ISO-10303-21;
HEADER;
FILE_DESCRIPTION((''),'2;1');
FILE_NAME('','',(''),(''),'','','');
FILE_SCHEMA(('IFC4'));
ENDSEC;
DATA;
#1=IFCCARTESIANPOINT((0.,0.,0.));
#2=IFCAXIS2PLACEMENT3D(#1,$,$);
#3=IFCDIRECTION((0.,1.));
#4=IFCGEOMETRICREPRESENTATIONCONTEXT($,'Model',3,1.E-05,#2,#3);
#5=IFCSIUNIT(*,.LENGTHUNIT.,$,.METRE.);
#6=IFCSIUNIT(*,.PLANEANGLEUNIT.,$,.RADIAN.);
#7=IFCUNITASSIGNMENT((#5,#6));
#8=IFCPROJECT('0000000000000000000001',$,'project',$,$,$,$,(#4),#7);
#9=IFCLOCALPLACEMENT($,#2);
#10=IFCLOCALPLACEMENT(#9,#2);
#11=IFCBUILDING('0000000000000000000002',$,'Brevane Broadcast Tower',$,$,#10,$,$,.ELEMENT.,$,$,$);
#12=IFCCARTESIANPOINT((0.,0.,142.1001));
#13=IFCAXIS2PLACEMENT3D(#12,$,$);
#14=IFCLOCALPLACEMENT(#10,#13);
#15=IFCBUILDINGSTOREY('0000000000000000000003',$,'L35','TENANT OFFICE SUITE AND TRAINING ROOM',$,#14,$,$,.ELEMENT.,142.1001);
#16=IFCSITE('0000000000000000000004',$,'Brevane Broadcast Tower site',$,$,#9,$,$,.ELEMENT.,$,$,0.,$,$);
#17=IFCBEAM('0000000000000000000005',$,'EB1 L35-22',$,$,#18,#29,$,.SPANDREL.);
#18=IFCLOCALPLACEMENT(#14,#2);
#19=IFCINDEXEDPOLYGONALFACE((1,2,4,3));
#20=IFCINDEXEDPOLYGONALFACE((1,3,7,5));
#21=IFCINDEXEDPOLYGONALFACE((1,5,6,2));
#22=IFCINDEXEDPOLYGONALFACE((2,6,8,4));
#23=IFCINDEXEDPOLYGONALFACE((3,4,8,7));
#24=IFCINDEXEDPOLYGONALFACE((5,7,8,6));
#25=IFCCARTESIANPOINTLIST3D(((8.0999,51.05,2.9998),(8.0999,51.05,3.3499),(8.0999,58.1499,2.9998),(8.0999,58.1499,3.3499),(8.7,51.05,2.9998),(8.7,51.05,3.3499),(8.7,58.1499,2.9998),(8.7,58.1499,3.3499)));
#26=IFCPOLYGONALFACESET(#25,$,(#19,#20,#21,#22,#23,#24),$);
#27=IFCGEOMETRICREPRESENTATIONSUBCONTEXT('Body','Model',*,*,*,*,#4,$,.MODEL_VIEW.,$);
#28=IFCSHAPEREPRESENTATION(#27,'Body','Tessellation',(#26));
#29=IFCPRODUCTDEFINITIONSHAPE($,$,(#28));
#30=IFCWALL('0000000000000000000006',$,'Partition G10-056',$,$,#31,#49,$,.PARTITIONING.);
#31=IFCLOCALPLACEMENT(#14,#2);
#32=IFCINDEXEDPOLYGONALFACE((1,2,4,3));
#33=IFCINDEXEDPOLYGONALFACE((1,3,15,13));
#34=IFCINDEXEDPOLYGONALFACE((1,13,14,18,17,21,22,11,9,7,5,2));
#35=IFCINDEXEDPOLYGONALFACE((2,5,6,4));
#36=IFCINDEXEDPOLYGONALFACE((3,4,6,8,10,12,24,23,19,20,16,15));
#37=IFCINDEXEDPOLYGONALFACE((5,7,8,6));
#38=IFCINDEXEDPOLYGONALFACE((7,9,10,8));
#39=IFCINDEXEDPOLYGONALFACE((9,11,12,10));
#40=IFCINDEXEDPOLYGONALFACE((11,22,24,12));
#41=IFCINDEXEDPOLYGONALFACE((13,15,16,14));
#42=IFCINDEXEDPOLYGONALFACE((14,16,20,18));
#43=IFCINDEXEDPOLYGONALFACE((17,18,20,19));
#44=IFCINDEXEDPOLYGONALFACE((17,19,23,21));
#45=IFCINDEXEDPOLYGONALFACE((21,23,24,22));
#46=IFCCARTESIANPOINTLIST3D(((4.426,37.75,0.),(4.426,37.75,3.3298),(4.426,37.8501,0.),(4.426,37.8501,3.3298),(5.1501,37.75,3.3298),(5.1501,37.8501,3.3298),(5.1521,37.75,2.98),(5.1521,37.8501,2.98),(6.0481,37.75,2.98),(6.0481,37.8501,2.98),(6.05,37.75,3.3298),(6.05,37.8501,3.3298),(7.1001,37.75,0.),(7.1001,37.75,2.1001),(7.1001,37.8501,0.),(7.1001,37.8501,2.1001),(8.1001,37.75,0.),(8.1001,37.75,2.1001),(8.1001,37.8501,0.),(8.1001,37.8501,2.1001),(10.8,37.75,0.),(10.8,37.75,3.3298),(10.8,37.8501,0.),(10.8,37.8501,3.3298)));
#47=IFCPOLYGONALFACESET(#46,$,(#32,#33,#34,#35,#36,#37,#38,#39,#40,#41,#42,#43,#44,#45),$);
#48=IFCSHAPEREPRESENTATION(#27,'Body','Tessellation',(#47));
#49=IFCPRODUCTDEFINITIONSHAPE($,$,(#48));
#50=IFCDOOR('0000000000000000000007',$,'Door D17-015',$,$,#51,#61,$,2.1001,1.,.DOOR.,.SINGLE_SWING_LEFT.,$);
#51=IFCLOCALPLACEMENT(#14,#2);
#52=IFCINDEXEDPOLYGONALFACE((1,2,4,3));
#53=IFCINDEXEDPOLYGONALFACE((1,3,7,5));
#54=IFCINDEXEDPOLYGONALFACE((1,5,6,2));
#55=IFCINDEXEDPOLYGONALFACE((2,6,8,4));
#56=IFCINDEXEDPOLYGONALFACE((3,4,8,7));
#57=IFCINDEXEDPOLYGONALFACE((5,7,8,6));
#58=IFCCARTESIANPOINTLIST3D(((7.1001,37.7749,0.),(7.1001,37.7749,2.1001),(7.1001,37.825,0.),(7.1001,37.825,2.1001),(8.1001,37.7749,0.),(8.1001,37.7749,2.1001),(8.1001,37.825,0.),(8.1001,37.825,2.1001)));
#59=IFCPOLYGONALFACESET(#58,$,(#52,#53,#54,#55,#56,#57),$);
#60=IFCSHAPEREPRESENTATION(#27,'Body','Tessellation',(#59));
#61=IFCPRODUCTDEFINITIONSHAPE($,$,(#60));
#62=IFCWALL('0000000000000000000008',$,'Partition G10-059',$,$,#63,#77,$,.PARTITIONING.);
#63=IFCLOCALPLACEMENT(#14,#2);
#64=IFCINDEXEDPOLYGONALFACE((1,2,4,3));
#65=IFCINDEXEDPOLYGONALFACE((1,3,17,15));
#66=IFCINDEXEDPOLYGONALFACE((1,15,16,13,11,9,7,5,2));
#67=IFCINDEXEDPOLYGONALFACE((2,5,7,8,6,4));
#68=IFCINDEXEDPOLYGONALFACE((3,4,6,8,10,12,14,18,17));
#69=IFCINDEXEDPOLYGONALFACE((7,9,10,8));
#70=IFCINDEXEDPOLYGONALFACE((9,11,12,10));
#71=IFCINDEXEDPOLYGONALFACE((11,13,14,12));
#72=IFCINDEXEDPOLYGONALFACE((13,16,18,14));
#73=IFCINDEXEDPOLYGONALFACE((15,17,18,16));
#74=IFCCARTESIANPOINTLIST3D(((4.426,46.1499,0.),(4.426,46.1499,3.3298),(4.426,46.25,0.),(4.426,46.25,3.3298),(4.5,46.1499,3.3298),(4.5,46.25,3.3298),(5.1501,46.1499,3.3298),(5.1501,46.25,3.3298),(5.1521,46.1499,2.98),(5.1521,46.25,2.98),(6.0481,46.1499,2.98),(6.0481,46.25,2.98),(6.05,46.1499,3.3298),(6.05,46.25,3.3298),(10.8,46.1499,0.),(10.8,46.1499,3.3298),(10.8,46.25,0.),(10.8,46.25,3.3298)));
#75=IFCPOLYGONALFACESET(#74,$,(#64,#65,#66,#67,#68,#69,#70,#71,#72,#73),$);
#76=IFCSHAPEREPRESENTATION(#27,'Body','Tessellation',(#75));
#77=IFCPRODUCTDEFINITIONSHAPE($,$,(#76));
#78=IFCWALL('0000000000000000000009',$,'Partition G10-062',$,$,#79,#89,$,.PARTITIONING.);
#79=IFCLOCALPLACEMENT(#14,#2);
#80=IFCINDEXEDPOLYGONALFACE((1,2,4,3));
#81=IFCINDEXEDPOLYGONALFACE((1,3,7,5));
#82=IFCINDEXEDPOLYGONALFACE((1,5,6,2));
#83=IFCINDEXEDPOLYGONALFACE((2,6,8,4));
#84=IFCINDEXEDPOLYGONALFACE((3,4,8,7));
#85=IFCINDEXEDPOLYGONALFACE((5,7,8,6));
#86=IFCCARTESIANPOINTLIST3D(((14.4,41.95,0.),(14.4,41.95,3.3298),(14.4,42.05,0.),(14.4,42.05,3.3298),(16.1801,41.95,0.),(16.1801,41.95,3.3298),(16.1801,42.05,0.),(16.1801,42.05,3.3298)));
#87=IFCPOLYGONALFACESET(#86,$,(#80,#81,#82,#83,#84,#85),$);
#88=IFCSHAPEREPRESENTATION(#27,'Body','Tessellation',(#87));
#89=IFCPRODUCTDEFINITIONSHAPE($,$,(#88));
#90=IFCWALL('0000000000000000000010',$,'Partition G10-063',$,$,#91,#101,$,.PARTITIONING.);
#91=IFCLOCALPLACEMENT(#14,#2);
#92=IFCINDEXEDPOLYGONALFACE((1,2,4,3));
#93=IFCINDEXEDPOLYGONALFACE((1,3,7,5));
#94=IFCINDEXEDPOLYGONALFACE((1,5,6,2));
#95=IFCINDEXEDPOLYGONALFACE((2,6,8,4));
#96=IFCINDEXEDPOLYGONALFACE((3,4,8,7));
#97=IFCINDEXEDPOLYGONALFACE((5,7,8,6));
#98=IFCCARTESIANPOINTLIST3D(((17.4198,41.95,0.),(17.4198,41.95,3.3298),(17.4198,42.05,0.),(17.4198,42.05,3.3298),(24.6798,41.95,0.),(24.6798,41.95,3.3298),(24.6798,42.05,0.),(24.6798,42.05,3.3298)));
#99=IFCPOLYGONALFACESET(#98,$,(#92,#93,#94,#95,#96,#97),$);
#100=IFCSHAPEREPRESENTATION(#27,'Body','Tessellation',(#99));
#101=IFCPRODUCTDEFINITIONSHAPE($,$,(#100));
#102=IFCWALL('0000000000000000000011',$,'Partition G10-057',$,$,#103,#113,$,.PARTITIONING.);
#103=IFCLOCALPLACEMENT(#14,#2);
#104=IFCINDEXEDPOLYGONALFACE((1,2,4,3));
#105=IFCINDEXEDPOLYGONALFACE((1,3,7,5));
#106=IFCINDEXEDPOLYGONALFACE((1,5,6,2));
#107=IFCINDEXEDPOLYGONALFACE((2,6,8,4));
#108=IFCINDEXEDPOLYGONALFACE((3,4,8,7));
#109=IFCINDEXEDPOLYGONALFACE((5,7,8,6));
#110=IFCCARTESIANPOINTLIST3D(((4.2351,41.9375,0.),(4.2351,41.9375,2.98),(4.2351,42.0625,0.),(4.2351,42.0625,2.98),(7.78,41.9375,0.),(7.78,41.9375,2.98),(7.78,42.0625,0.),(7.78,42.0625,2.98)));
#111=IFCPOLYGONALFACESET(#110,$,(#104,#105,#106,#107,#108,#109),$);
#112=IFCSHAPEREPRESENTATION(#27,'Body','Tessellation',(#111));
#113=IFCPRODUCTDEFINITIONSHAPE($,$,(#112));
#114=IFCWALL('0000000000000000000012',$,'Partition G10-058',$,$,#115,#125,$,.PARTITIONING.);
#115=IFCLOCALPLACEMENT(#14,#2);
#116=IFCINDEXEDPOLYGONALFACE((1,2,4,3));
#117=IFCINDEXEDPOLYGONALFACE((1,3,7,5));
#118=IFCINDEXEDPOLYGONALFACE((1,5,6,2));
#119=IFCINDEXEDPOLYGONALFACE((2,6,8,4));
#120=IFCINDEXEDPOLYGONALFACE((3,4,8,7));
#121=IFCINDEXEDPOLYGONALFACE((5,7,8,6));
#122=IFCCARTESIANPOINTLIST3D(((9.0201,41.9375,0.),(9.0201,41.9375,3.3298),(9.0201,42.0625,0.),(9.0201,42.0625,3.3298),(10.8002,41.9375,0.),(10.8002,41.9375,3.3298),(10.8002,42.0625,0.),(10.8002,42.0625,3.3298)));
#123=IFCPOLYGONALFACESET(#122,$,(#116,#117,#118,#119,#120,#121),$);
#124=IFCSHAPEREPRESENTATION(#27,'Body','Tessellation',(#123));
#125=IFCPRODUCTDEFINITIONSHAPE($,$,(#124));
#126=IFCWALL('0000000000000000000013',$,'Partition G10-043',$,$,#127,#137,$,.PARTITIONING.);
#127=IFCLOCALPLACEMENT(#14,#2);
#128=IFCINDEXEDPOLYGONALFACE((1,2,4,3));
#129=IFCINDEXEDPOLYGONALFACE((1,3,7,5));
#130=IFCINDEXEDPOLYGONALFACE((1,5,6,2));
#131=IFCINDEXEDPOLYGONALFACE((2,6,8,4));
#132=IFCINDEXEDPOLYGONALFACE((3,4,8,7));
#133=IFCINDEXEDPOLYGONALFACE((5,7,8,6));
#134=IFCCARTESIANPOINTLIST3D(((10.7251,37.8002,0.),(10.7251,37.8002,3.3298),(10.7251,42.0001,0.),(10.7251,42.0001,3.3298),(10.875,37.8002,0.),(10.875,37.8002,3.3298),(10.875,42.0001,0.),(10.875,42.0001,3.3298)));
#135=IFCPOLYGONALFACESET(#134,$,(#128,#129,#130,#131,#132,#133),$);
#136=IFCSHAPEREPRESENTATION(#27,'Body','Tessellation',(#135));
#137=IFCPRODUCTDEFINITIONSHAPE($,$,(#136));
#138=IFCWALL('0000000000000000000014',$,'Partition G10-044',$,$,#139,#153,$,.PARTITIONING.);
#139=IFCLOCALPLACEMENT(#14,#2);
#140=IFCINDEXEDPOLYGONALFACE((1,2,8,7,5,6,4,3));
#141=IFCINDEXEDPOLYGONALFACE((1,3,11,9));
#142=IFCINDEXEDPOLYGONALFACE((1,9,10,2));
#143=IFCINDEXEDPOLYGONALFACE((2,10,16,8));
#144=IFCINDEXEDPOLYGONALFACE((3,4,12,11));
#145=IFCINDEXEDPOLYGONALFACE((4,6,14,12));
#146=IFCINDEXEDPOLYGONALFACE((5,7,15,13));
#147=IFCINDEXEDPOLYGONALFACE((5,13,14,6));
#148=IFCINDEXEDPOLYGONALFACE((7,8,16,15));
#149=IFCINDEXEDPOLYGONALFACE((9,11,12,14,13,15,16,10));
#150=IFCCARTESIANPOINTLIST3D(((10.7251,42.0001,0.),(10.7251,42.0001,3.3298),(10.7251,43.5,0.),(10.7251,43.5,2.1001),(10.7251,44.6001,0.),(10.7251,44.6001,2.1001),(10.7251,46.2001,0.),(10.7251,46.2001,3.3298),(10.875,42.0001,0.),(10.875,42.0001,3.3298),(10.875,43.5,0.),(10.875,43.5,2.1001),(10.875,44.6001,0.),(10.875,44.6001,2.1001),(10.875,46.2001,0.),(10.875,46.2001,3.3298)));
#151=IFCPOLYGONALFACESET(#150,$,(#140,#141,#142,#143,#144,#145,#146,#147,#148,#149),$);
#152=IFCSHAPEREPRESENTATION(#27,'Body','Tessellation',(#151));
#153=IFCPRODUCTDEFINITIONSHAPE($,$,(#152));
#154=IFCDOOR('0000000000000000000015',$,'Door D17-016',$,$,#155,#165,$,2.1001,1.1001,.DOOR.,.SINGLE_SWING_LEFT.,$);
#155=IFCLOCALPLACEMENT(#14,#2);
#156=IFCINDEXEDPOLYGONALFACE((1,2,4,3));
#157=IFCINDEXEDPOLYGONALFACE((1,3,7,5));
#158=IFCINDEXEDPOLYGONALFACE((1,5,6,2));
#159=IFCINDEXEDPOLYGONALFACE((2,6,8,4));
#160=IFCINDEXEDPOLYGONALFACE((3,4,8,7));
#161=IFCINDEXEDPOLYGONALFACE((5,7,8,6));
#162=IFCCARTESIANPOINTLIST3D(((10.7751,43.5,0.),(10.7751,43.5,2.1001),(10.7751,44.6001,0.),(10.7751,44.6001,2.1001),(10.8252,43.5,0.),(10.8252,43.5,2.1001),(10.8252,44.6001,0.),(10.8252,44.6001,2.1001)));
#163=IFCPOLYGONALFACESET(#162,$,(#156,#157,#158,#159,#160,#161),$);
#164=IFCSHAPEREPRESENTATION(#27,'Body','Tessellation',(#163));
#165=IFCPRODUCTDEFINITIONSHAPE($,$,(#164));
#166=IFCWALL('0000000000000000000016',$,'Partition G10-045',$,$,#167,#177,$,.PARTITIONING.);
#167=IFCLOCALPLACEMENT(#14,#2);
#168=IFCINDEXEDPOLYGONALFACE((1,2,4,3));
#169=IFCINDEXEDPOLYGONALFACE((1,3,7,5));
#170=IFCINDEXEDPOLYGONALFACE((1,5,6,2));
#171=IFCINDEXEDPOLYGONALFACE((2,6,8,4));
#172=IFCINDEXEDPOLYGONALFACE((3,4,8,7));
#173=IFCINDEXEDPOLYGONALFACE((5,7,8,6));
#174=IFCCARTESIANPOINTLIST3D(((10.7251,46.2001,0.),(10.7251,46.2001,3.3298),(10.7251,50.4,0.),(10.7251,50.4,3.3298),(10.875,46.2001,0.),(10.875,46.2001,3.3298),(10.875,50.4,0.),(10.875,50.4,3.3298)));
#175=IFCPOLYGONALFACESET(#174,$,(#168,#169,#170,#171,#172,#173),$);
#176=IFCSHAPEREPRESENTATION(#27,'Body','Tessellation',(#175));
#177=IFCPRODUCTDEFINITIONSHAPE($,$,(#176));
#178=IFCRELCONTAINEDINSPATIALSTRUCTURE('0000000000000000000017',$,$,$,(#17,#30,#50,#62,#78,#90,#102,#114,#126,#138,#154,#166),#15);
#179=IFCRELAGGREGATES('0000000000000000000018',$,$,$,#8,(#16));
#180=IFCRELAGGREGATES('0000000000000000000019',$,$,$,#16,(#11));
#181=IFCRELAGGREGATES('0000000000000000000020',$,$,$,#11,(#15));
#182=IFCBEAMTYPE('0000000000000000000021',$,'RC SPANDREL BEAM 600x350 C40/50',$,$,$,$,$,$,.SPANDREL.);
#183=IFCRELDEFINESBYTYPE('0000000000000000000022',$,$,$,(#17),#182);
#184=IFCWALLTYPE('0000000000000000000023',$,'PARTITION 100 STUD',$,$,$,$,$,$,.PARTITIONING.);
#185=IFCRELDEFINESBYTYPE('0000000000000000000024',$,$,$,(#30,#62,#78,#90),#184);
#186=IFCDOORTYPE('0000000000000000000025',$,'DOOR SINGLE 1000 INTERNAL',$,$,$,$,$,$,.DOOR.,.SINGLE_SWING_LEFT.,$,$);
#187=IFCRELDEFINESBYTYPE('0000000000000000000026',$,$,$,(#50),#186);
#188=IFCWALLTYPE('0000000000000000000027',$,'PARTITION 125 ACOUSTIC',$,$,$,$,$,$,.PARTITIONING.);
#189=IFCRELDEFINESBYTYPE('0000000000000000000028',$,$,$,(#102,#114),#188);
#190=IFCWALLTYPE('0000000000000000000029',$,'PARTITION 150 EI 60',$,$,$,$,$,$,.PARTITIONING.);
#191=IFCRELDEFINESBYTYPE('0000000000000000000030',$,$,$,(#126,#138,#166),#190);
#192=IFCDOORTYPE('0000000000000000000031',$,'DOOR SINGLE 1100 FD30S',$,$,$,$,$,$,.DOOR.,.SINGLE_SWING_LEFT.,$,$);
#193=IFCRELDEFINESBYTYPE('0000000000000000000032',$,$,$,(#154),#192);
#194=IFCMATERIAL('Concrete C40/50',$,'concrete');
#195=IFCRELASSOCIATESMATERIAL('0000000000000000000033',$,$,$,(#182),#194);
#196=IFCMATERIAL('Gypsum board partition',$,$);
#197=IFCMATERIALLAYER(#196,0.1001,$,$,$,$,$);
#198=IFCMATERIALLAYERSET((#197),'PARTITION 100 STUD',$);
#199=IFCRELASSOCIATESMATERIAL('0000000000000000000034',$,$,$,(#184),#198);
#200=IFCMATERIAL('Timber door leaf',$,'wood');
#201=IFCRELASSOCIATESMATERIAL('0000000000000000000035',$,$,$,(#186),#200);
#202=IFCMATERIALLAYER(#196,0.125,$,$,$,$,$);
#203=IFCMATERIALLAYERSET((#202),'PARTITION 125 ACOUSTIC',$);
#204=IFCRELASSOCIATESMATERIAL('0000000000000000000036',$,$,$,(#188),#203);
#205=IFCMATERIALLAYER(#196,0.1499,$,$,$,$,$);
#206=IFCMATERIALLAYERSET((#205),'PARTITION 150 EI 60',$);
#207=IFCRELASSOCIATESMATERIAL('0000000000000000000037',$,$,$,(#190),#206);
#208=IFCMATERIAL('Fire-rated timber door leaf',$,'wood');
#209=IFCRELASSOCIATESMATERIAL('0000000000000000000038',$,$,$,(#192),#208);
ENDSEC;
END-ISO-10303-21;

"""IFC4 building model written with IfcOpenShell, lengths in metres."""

from ifc_helpers import new_model, si_unit, direction, frame, frame_2d, origin, origin_2d, place, context, subcontext, project, spatial, polyline, rectangle, outline, extrude, material, layer, layer_set, material_profile, profile_set, type_object, element, fill, save


model = new_model("IFC4")

# Units and contexts
model_context = context("Model", 3, precision=1e-05, world=origin(), true_north=direction((0.0, 1.0)))
body_context = subcontext(model_context, "Body", "Model", "MODEL_VIEW")
ifc_project = project(units=[si_unit("LENGTHUNIT", "METRE"), si_unit("PLANEANGLEUNIT", "RADIAN")], contexts=[model_context])

# Site, building, storey
site_placement = place(None, origin())
site = spatial("IfcSite", under=ifc_project, at=site_placement, Name="Brevane Broadcast Tower site", CompositionType="ELEMENT", RefElevation=0.0)
building_placement = place(site_placement, origin())
building = spatial("IfcBuilding", under=site, at=building_placement, Name="Brevane Broadcast Tower", CompositionType="ELEMENT")
storey_placement = place(building_placement, frame((0.0, 0.0, 142.1001)))
storey = spatial("IfcBuildingStorey", under=building, at=storey_placement, Name="L35", Description="TENANT OFFICE SUITE AND TRAINING ROOM", CompositionType="ELEMENT", Elevation=142.1001)

# Beam
ifc_material_1 = material(Name="Concrete C40/50", Category="concrete")
ifc_material_profile_1 = material_profile(ifc_material_1, rectangle(XDim=0.6001, YDim=0.3501, at=origin_2d()), Name="RC 600x350")
ifc_profile_set_1 = profile_set([ifc_material_profile_1], Name="Concrete C40/50")
beam_type_1 = type_object("IfcBeamType", Name="RC SPANDREL BEAM 600x350 C40/50", PredefinedType="SPANDREL", material=ifc_profile_set_1)
beam_1_placement = place(storey_placement, frame((8.3999, 51.05, 3.1748), z_axis=(0.0, 1.0, 0.0), x_axis=(-1.0, 0.0, 0.0)))
element("IfcBeam", 1, at=beam_1_placement, inside=storey, type_object=beam_type_1, Name="EB1 L35-22", PredefinedType="SPANDREL", context=body_context, shape_type="SweptSolid", body=[
    extrude(rectangle(XDim=0.6001, YDim=0.3501, at=origin_2d()), origin(), (0.0, 0.0, 1.0), 7.0999),
])

# Wall, opening, door
ifc_material_2 = material(Name="Gypsum board partition")
ifc_layer_1 = layer(ifc_material_2, 0.1001)
ifc_layer_set_1 = layer_set([ifc_layer_1], Name="PARTITION 100 STUD")
wall_type_1 = type_object("IfcWallType", Name="PARTITION 100 STUD", PredefinedType="PARTITIONING", material=ifc_layer_set_1)
wall_1_placement = place(storey_placement, frame((4.426, 37.8, 0.0), z_axis=(0.0, 0.0, 1.0), x_axis=(1.0, 0.0, 0.0)))
wall_1 = element("IfcWall", 2, at=wall_1_placement, inside=storey, type_object=wall_type_1, Name="Partition G10-056", PredefinedType="PARTITIONING", context=body_context, shape_type="SweptSolid", body=[
    extrude(outline(polyline([(0.0, 0.0), (6.374, 0.0), (6.374, 3.3298), (1.624, 3.3298), (1.6221, 2.98), (0.7261, 2.98), (0.7241, 3.3298), (0.074, 3.3298), (0.0, 3.3298), (0.0, 0.0)])), frame((0.0, 0.05, 0.0), z_axis=(0.0, -1.0, 0.0), x_axis=(1.0, 0.0, 0.0)), (0.0, 0.0, 1.0), 0.1001),
])
opening_1_placement = place(wall_1_placement, frame((2.6741, 0.0, 0.0)))
opening_1 = element("IfcOpeningElement", 3, at=opening_1_placement, cuts=wall_1, PredefinedType="OPENING", context=body_context, shape_type="SweptSolid", body=[
    extrude(rectangle(XDim=1.0, YDim=2.1001, at=frame_2d((0.5, 1.05))), frame((0.0, 0.0601, 0.0), z_axis=(0.0, -1.0, 0.0), x_axis=(1.0, 0.0, 0.0)), (0.0, 0.0, 1.0), 0.1201),
])
ifc_material_3 = material(Name="Timber door leaf", Category="wood")
door_type_1 = type_object("IfcDoorType", Name="DOOR SINGLE 1000 INTERNAL", OperationType="SINGLE_SWING_LEFT", PredefinedType="DOOR", material=ifc_material_3)
door_1_placement = place(opening_1_placement, origin())
door_1 = element("IfcDoor", 4, at=door_1_placement, inside=storey, type_object=door_type_1, Name="Door D17-015", OperationType="SINGLE_SWING_LEFT", OverallHeight=2.1001, OverallWidth=1.0, PredefinedType="DOOR", context=body_context, shape_type="SweptSolid", body=[
    extrude(rectangle(XDim=1.0, YDim=2.1001, at=frame_2d((0.5, 1.05))), frame((0.0, 0.0249, 0.0), z_axis=(0.0, -1.0, 0.0), x_axis=(1.0, 0.0, 0.0)), (0.0, 0.0, 1.0), 0.05),
])
fill(opening_1, door_1)

# Walls
wall_2_placement = place(storey_placement, frame((4.426, 46.2, 0.0), z_axis=(0.0, 0.0, 1.0), x_axis=(1.0, 0.0, 0.0)))
element("IfcWall", 5, at=wall_2_placement, inside=storey, type_object=wall_type_1, Name="Partition G10-059", PredefinedType="PARTITIONING", context=body_context, shape_type="SweptSolid", body=[
    extrude(outline(polyline([(0.0, 0.0), (6.374, 0.0), (6.374, 3.3298), (1.624, 3.3298), (1.6221, 2.98), (0.7261, 2.98), (0.7241, 3.3298), (0.074, 3.3298), (0.0, 3.3298), (0.0, 0.0)])), frame((0.0, 0.05, 0.0), z_axis=(0.0, -1.0, 0.0), x_axis=(1.0, 0.0, 0.0)), (0.0, 0.0, 1.0), 0.1001),
])
wall_3_placement = place(storey_placement, frame((14.3999, 42.0, 0.0), z_axis=(0.0, 0.0, 1.0), x_axis=(1.0, 0.0, 0.0)))
element("IfcWall", 6, at=wall_3_placement, inside=storey, type_object=wall_type_1, Name="Partition G10-062", PredefinedType="PARTITIONING", context=body_context, shape_type="SweptSolid", body=[
    extrude(rectangle(XDim=1.78, YDim=0.1001, at=frame_2d((0.8901, 0.0))), origin(), (0.0, 0.0, 1.0), 3.3298),
])
wall_4_placement = place(storey_placement, frame((17.4199, 42.0, 0.0), z_axis=(0.0, 0.0, 1.0), x_axis=(1.0, 0.0, 0.0)))
element("IfcWall", 7, at=wall_4_placement, inside=storey, type_object=wall_type_1, Name="Partition G10-063", PredefinedType="PARTITIONING", context=body_context, shape_type="SweptSolid", body=[
    extrude(rectangle(XDim=7.26, YDim=0.1001, at=frame_2d((3.6299, 0.0))), origin(), (0.0, 0.0, 1.0), 3.3298),
])
ifc_layer_2 = layer(ifc_material_2, 0.125)
ifc_layer_set_2 = layer_set([ifc_layer_2], Name="PARTITION 125 ACOUSTIC")
wall_type_2 = type_object("IfcWallType", Name="PARTITION 125 ACOUSTIC", PredefinedType="PARTITIONING", material=ifc_layer_set_2)
wall_5_placement = place(storey_placement, frame((4.2351, 42.0, 0.0), z_axis=(0.0, 0.0, 1.0), x_axis=(1.0, 0.0, 0.0)))
element("IfcWall", 8, at=wall_5_placement, inside=storey, type_object=wall_type_2, Name="Partition G10-057", PredefinedType="PARTITIONING", context=body_context, shape_type="SweptSolid", body=[
    extrude(rectangle(XDim=3.5449, YDim=0.125, at=frame_2d((1.7725, 0.0))), origin(), (0.0, 0.0, 1.0), 2.98),
])
wall_6_placement = place(storey_placement, frame((9.02, 42.0, 0.0), z_axis=(0.0, 0.0, 1.0), x_axis=(1.0, 0.0, 0.0)))
element("IfcWall", 9, at=wall_6_placement, inside=storey, type_object=wall_type_2, Name="Partition G10-058", PredefinedType="PARTITIONING", context=body_context, shape_type="SweptSolid", body=[
    extrude(rectangle(XDim=1.78, YDim=0.125, at=frame_2d((0.8901, 0.0))), origin(), (0.0, 0.0, 1.0), 3.3298),
])
ifc_layer_3 = layer(ifc_material_2, 0.1499)
ifc_layer_set_3 = layer_set([ifc_layer_3], Name="PARTITION 150 EI 60")
wall_type_3 = type_object("IfcWallType", Name="PARTITION 150 EI 60", PredefinedType="PARTITIONING", material=ifc_layer_set_3)
wall_7_placement = place(storey_placement, frame((10.8, 37.8, 0.0), z_axis=(0.0, 0.0, 1.0), x_axis=(0.0, 1.0, 0.0)))
element("IfcWall", 10, at=wall_7_placement, inside=storey, type_object=wall_type_3, Name="Partition G10-043", PredefinedType="PARTITIONING", context=body_context, shape_type="SweptSolid", body=[
    extrude(rectangle(XDim=4.2, YDim=0.1499, at=frame_2d((2.1001, 0.0))), origin(), (0.0, 0.0, 1.0), 3.3298),
])

# Wall, opening, door
wall_8_placement = place(storey_placement, frame((10.8, 42.0, 0.0), z_axis=(0.0, 0.0, 1.0), x_axis=(0.0, 1.0, 0.0)))
wall_8 = element("IfcWall", 11, at=wall_8_placement, inside=storey, type_object=wall_type_3, Name="Partition G10-044", PredefinedType="PARTITIONING", context=body_context, shape_type="SweptSolid", body=[
    extrude(rectangle(XDim=4.2, YDim=0.1499, at=frame_2d((2.1001, 0.0))), origin(), (0.0, 0.0, 1.0), 3.3298),
])
opening_2_placement = place(wall_8_placement, frame((1.5, 0.0, 0.0)))
opening_2 = element("IfcOpeningElement", 12, at=opening_2_placement, cuts=wall_8, PredefinedType="OPENING", context=body_context, shape_type="SweptSolid", body=[
    extrude(rectangle(XDim=1.1001, YDim=2.1001, at=frame_2d((0.55, 1.05))), frame((0.0, 0.085, 0.0), z_axis=(0.0, -1.0, 0.0), x_axis=(1.0, 0.0, 0.0)), (0.0, 0.0, 1.0), 0.1699),
])
ifc_material_4 = material(Name="Fire-rated timber door leaf", Category="wood")
door_type_2 = type_object("IfcDoorType", Name="DOOR SINGLE 1100 FD30S", OperationType="SINGLE_SWING_LEFT", PredefinedType="DOOR", material=ifc_material_4)
door_2_placement = place(opening_2_placement, origin())
door_2 = element("IfcDoor", 13, at=door_2_placement, inside=storey, type_object=door_type_2, Name="Door D17-016", OperationType="SINGLE_SWING_LEFT", OverallHeight=2.1001, OverallWidth=1.1001, PredefinedType="DOOR", context=body_context, shape_type="SweptSolid", body=[
    extrude(rectangle(XDim=1.1001, YDim=2.1001, at=frame_2d((0.55, 1.05))), frame((0.0, 0.0249, 0.0), z_axis=(0.0, -1.0, 0.0), x_axis=(1.0, 0.0, 0.0)), (0.0, 0.0, 1.0), 0.05),
])
fill(opening_2, door_2)

# Wall
wall_9_placement = place(storey_placement, frame((10.8, 46.2, 0.0), z_axis=(0.0, 0.0, 1.0), x_axis=(0.0, 1.0, 0.0)))
element("IfcWall", 14, at=wall_9_placement, inside=storey, type_object=wall_type_3, Name="Partition G10-045", PredefinedType="PARTITIONING", context=body_context, shape_type="SweptSolid", body=[
    extrude(rectangle(XDim=4.2, YDim=0.1499, at=frame_2d((2.1001, 0.0))), origin(), (0.0, 0.0, 1.0), 3.3298),
])

save(model, "model.ifc")
